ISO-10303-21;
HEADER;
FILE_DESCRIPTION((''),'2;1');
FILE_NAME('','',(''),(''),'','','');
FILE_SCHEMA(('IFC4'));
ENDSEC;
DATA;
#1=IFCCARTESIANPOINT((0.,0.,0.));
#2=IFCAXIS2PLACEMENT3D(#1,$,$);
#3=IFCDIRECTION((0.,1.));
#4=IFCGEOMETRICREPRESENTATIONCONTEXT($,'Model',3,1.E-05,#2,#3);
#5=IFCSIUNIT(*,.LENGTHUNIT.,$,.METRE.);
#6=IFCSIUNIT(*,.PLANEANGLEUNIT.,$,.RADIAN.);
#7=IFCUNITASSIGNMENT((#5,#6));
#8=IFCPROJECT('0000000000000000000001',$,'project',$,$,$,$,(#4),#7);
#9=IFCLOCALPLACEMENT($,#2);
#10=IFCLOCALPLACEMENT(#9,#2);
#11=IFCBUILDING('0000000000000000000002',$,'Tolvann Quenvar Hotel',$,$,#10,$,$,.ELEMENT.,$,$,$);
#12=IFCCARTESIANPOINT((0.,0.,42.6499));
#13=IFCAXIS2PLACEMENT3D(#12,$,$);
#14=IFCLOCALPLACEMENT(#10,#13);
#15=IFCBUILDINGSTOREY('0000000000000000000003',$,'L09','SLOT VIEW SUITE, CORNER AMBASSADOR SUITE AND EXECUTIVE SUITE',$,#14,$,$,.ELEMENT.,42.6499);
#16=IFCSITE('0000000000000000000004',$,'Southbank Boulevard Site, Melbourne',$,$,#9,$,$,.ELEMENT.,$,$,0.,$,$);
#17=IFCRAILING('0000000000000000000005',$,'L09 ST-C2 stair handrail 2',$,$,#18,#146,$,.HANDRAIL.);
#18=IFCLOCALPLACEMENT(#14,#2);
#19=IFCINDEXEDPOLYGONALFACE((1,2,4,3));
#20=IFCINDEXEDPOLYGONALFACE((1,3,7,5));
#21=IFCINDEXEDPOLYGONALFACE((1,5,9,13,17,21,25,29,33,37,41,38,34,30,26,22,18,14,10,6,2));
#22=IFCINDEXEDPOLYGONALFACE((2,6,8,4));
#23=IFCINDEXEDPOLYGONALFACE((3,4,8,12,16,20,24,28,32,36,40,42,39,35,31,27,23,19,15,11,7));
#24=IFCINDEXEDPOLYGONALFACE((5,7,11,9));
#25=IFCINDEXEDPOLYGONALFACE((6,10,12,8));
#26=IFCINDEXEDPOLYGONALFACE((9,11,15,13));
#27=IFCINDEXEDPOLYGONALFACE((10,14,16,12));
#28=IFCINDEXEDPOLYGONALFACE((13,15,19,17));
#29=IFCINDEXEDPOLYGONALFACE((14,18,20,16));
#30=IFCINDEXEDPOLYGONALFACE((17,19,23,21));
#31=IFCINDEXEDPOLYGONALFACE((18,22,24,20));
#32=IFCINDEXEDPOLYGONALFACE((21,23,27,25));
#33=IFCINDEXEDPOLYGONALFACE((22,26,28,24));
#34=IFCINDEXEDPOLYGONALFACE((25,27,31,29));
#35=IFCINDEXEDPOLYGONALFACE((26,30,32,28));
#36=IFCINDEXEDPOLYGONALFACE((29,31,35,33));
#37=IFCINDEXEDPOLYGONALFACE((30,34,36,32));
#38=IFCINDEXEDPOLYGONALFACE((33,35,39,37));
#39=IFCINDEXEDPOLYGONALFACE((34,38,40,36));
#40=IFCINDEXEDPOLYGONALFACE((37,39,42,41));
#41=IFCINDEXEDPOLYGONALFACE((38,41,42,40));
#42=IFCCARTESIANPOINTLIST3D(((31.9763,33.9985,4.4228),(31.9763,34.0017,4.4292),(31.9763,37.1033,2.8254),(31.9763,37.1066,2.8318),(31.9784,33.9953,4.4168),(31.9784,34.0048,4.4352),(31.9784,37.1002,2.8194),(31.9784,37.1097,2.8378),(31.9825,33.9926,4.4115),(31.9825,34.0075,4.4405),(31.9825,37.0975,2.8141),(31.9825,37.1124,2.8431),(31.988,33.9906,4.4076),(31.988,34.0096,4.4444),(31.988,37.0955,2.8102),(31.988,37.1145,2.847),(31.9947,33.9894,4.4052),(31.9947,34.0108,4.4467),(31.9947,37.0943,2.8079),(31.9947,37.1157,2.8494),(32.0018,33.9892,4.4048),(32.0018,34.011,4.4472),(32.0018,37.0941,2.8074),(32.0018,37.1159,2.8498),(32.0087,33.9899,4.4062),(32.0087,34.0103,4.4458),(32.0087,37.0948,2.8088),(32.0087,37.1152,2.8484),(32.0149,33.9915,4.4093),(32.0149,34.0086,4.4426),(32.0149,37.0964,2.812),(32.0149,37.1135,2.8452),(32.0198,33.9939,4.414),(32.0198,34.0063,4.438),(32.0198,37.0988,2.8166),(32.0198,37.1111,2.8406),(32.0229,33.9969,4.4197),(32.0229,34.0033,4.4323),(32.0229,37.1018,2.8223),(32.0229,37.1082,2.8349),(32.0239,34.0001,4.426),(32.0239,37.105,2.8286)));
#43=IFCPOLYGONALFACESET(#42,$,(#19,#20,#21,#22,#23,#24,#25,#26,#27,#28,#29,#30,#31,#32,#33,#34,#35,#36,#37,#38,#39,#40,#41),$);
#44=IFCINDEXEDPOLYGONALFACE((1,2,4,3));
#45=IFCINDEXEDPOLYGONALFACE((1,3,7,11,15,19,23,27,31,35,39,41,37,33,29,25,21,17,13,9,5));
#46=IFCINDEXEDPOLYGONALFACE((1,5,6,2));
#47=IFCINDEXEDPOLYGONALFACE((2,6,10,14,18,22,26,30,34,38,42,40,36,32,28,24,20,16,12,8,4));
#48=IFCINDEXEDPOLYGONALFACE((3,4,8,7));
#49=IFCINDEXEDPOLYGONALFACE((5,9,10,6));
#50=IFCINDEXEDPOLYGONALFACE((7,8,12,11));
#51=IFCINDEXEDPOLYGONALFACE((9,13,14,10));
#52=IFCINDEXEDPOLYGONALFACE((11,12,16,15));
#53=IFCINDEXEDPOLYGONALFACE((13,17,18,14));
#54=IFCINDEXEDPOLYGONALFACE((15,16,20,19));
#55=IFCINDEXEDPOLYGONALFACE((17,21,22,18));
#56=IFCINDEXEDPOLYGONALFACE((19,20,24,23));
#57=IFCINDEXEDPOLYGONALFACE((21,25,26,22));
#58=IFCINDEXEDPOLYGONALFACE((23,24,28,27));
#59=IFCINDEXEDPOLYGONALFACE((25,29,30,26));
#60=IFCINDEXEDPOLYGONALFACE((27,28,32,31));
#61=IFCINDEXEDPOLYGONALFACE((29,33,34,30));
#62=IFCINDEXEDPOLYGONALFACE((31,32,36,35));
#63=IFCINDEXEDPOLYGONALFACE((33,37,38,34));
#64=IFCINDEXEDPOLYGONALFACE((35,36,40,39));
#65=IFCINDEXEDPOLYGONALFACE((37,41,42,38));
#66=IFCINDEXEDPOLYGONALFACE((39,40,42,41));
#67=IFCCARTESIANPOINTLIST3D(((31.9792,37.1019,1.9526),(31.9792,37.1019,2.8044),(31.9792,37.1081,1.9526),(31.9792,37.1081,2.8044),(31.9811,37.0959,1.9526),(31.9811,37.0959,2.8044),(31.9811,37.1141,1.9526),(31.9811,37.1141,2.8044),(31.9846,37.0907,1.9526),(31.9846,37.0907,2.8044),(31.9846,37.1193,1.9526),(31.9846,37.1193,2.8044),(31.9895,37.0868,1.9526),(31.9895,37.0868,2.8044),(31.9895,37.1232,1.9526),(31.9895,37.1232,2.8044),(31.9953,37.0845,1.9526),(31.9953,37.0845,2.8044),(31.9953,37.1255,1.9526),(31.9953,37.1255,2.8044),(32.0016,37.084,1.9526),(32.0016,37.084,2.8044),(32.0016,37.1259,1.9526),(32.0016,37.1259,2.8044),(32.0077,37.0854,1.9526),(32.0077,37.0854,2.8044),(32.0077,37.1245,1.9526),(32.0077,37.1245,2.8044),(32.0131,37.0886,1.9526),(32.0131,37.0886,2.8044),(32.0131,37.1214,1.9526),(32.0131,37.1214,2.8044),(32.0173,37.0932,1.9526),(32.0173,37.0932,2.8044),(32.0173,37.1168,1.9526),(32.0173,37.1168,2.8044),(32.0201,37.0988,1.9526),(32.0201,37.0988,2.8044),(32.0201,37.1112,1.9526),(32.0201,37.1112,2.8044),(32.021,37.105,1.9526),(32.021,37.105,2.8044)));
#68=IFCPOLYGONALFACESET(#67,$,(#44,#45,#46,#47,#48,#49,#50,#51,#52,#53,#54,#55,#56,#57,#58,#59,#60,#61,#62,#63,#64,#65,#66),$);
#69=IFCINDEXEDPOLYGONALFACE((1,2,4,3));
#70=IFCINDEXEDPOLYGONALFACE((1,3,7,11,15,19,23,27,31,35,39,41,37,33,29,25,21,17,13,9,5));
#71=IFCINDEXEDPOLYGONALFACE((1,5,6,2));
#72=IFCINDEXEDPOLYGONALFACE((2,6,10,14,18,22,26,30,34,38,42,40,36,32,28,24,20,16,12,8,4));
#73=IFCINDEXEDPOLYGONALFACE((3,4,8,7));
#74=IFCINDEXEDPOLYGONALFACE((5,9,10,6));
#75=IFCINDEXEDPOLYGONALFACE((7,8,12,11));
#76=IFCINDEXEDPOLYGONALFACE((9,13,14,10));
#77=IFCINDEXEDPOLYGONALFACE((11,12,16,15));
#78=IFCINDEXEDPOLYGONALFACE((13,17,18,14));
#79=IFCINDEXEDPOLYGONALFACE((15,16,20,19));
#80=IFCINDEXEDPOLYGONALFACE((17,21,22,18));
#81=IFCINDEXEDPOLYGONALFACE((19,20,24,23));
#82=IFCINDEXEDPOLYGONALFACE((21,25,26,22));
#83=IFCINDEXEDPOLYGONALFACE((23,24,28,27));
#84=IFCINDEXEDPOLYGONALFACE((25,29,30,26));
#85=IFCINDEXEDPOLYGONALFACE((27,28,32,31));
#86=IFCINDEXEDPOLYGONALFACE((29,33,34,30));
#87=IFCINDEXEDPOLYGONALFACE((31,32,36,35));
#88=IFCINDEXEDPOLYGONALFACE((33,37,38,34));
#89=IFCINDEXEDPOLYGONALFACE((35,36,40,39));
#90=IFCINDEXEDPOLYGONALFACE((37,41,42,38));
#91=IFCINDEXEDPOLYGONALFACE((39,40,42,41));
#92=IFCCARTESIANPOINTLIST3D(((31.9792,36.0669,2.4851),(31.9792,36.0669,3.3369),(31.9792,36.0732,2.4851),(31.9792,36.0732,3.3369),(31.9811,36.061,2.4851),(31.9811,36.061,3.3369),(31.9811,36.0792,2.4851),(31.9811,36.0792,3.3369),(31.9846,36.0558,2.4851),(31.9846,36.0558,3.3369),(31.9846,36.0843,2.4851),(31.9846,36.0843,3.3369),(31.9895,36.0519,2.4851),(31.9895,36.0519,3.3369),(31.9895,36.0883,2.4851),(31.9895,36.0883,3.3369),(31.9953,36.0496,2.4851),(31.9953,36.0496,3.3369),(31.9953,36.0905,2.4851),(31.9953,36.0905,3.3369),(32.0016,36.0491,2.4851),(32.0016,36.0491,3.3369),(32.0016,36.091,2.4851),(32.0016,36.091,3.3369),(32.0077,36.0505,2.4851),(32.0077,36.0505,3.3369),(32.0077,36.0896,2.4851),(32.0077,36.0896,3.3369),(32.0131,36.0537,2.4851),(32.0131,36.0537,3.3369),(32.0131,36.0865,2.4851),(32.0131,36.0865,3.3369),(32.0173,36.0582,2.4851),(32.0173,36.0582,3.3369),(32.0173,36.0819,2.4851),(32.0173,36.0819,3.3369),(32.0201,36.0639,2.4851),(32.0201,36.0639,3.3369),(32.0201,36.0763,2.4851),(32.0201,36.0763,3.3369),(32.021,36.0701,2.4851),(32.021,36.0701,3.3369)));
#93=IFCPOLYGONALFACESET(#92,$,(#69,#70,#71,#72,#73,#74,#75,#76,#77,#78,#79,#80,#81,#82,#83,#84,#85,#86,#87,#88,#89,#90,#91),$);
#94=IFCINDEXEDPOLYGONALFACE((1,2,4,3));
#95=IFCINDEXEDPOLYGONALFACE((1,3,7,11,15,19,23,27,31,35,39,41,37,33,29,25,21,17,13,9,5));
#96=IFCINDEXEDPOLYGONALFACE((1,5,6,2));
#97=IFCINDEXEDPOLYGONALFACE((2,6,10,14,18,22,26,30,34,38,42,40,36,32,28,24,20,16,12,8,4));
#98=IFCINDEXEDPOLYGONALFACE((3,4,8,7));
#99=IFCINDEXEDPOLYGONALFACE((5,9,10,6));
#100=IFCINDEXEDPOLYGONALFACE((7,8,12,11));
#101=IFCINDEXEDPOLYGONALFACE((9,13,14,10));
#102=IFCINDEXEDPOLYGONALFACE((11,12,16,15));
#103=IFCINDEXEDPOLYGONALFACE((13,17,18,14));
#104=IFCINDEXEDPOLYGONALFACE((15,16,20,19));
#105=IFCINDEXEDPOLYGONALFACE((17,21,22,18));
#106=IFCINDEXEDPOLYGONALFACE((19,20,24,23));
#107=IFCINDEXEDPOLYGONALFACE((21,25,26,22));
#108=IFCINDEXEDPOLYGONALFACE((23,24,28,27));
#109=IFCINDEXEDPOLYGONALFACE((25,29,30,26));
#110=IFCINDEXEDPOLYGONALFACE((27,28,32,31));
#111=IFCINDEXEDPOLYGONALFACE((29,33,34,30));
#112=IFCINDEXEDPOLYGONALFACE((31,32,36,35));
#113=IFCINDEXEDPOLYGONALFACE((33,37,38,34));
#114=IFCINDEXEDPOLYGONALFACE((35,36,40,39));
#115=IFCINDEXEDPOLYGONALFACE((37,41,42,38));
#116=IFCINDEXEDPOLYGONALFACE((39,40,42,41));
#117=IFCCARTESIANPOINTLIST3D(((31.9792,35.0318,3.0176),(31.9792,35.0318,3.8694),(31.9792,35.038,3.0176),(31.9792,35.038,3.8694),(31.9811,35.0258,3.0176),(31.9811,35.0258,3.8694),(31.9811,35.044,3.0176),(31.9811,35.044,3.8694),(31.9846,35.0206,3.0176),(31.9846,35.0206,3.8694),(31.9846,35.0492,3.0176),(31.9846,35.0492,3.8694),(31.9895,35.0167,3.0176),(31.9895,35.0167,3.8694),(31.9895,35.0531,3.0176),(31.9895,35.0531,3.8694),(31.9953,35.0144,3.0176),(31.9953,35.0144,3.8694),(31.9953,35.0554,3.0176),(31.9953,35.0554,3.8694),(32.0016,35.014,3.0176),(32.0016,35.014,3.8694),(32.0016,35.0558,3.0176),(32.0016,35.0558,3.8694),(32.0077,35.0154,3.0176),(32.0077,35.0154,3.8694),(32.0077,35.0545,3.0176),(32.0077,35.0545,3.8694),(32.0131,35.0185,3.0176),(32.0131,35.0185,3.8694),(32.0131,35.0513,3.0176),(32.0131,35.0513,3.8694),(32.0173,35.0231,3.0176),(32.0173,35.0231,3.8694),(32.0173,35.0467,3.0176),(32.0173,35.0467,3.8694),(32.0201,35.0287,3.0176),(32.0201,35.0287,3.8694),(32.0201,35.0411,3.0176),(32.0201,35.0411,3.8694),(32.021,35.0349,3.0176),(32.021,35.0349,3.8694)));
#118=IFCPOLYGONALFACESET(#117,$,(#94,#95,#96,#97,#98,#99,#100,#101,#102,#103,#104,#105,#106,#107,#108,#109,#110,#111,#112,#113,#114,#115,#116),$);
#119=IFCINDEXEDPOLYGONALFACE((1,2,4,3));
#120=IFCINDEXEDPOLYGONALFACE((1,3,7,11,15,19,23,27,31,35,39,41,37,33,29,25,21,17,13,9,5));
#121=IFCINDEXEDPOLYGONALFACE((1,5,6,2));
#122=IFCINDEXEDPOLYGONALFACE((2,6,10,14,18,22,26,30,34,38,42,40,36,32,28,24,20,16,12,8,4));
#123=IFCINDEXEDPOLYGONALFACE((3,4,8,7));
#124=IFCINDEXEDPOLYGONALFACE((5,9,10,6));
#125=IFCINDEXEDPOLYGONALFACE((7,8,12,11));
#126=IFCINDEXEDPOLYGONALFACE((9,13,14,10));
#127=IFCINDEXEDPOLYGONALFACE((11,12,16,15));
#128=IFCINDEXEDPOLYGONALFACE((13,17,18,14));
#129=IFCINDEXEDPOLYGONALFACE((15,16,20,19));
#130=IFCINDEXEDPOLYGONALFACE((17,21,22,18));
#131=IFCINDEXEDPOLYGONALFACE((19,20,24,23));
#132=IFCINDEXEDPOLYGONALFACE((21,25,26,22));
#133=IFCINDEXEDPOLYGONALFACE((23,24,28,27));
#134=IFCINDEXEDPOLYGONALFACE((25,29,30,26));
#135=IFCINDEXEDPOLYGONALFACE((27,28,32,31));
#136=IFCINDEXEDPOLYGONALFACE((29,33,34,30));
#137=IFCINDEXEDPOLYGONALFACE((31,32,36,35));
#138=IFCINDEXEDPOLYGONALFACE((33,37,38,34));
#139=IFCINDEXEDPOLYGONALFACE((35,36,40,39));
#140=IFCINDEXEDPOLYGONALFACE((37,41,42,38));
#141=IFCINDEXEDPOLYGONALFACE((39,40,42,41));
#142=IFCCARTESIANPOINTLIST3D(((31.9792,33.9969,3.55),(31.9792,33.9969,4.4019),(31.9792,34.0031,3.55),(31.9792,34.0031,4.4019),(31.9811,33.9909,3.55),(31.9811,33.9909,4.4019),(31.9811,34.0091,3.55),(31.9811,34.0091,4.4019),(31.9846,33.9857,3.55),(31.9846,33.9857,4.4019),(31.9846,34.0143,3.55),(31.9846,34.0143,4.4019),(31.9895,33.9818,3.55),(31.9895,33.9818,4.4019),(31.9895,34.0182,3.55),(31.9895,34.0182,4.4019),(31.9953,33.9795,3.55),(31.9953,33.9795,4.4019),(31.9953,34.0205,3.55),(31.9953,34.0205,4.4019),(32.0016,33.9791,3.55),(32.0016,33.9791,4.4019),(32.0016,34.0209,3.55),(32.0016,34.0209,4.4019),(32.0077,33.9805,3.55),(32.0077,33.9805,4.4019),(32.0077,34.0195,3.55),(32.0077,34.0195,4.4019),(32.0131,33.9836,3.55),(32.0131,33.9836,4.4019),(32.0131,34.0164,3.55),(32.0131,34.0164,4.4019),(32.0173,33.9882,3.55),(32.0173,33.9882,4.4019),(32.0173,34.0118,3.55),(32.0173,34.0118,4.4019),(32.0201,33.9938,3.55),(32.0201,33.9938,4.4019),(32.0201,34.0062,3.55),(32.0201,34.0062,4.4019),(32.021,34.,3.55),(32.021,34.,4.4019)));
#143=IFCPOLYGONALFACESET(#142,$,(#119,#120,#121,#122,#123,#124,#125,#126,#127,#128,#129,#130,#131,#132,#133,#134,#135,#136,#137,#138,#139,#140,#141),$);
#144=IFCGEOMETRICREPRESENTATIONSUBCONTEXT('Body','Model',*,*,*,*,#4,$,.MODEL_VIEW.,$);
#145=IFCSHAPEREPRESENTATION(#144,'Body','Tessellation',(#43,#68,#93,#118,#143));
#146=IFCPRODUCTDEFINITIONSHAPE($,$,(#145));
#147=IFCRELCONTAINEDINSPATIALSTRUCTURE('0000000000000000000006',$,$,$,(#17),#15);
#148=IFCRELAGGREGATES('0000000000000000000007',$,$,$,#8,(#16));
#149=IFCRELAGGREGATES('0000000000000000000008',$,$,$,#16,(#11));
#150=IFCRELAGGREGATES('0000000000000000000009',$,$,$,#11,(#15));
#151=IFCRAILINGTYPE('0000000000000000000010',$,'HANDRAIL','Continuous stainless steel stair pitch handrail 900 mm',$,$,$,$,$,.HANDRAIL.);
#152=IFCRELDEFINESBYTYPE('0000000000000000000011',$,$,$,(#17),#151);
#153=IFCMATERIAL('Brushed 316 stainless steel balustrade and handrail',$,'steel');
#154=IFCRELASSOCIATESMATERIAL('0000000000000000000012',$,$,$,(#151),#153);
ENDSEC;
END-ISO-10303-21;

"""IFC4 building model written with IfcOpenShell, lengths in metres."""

from ifc_helpers import new_model, si_unit, direction, frame, origin, origin_2d, place, context, subcontext, project, spatial, circle, extrude, material, type_object, element, save


model = new_model("IFC4")

# Units and contexts
model_context = context("Model", 3, precision=1e-05, world=origin(), true_north=direction((0.0, 1.0)))
body_context = subcontext(model_context, "Body", "Model", "MODEL_VIEW")
ifc_project = project(units=[si_unit("LENGTHUNIT", "METRE"), si_unit("PLANEANGLEUNIT", "RADIAN")], contexts=[model_context])

# Site, building, storey
site_placement = place(None, origin())
site = spatial("IfcSite", under=ifc_project, at=site_placement, Name="Southbank Boulevard Site, Melbourne", CompositionType="ELEMENT", RefElevation=0.0)
building_placement = place(site_placement, origin())
building = spatial("IfcBuilding", under=site, at=building_placement, Name="Tolvann Quenvar Hotel", CompositionType="ELEMENT")
storey_placement = place(building_placement, frame((0.0, 0.0, 42.6499)))
storey = spatial("IfcBuildingStorey", under=building, at=storey_placement, Name="L09", Description="SLOT VIEW SUITE, CORNER AMBASSADOR SUITE AND EXECUTIVE SUITE", CompositionType="ELEMENT", Elevation=42.6499)

# Railing
ifc_material_1 = material(Name="Brushed 316 stainless steel balustrade and handrail", Category="steel")
railing_type_1 = type_object("IfcRailingType", Name="HANDRAIL", Description="Continuous stainless steel stair pitch handrail 900 mm", PredefinedType="HANDRAIL", material=ifc_material_1)
railing_1_placement = place(storey_placement, frame((32.0, 37.105, 1.9526)))
element("IfcRailing", 1, at=railing_1_placement, inside=storey, type_object=railing_type_1, Name="L09 ST-C2 stair handrail 2", PredefinedType="HANDRAIL", context=body_context, shape_type="SweptSolid", body=[
    extrude(circle(Radius=0.0239, at=origin_2d()), frame((0.0, 0.0, 0.876), z_axis=(0.0, -0.889222, 0.457476), x_axis=(1.0, 0.0, 0.0)), (0.0, 0.0, 1.0), 3.4917),
    extrude(circle(Radius=0.021, at=origin_2d()), origin(), (0.0, 0.0, 1.0), 0.8518),
    extrude(circle(Radius=0.021, at=origin_2d()), frame((0.0, -1.0349, 0.5325)), (0.0, 0.0, 1.0), 0.8518),
    extrude(circle(Radius=0.021, at=origin_2d()), frame((0.0, -2.0701, 1.0649)), (0.0, 0.0, 1.0), 0.8518),
    extrude(circle(Radius=0.021, at=origin_2d()), frame((0.0, -3.105, 1.5974)), (0.0, 0.0, 1.0), 0.8518),
])

save(model, "model.ifc")
